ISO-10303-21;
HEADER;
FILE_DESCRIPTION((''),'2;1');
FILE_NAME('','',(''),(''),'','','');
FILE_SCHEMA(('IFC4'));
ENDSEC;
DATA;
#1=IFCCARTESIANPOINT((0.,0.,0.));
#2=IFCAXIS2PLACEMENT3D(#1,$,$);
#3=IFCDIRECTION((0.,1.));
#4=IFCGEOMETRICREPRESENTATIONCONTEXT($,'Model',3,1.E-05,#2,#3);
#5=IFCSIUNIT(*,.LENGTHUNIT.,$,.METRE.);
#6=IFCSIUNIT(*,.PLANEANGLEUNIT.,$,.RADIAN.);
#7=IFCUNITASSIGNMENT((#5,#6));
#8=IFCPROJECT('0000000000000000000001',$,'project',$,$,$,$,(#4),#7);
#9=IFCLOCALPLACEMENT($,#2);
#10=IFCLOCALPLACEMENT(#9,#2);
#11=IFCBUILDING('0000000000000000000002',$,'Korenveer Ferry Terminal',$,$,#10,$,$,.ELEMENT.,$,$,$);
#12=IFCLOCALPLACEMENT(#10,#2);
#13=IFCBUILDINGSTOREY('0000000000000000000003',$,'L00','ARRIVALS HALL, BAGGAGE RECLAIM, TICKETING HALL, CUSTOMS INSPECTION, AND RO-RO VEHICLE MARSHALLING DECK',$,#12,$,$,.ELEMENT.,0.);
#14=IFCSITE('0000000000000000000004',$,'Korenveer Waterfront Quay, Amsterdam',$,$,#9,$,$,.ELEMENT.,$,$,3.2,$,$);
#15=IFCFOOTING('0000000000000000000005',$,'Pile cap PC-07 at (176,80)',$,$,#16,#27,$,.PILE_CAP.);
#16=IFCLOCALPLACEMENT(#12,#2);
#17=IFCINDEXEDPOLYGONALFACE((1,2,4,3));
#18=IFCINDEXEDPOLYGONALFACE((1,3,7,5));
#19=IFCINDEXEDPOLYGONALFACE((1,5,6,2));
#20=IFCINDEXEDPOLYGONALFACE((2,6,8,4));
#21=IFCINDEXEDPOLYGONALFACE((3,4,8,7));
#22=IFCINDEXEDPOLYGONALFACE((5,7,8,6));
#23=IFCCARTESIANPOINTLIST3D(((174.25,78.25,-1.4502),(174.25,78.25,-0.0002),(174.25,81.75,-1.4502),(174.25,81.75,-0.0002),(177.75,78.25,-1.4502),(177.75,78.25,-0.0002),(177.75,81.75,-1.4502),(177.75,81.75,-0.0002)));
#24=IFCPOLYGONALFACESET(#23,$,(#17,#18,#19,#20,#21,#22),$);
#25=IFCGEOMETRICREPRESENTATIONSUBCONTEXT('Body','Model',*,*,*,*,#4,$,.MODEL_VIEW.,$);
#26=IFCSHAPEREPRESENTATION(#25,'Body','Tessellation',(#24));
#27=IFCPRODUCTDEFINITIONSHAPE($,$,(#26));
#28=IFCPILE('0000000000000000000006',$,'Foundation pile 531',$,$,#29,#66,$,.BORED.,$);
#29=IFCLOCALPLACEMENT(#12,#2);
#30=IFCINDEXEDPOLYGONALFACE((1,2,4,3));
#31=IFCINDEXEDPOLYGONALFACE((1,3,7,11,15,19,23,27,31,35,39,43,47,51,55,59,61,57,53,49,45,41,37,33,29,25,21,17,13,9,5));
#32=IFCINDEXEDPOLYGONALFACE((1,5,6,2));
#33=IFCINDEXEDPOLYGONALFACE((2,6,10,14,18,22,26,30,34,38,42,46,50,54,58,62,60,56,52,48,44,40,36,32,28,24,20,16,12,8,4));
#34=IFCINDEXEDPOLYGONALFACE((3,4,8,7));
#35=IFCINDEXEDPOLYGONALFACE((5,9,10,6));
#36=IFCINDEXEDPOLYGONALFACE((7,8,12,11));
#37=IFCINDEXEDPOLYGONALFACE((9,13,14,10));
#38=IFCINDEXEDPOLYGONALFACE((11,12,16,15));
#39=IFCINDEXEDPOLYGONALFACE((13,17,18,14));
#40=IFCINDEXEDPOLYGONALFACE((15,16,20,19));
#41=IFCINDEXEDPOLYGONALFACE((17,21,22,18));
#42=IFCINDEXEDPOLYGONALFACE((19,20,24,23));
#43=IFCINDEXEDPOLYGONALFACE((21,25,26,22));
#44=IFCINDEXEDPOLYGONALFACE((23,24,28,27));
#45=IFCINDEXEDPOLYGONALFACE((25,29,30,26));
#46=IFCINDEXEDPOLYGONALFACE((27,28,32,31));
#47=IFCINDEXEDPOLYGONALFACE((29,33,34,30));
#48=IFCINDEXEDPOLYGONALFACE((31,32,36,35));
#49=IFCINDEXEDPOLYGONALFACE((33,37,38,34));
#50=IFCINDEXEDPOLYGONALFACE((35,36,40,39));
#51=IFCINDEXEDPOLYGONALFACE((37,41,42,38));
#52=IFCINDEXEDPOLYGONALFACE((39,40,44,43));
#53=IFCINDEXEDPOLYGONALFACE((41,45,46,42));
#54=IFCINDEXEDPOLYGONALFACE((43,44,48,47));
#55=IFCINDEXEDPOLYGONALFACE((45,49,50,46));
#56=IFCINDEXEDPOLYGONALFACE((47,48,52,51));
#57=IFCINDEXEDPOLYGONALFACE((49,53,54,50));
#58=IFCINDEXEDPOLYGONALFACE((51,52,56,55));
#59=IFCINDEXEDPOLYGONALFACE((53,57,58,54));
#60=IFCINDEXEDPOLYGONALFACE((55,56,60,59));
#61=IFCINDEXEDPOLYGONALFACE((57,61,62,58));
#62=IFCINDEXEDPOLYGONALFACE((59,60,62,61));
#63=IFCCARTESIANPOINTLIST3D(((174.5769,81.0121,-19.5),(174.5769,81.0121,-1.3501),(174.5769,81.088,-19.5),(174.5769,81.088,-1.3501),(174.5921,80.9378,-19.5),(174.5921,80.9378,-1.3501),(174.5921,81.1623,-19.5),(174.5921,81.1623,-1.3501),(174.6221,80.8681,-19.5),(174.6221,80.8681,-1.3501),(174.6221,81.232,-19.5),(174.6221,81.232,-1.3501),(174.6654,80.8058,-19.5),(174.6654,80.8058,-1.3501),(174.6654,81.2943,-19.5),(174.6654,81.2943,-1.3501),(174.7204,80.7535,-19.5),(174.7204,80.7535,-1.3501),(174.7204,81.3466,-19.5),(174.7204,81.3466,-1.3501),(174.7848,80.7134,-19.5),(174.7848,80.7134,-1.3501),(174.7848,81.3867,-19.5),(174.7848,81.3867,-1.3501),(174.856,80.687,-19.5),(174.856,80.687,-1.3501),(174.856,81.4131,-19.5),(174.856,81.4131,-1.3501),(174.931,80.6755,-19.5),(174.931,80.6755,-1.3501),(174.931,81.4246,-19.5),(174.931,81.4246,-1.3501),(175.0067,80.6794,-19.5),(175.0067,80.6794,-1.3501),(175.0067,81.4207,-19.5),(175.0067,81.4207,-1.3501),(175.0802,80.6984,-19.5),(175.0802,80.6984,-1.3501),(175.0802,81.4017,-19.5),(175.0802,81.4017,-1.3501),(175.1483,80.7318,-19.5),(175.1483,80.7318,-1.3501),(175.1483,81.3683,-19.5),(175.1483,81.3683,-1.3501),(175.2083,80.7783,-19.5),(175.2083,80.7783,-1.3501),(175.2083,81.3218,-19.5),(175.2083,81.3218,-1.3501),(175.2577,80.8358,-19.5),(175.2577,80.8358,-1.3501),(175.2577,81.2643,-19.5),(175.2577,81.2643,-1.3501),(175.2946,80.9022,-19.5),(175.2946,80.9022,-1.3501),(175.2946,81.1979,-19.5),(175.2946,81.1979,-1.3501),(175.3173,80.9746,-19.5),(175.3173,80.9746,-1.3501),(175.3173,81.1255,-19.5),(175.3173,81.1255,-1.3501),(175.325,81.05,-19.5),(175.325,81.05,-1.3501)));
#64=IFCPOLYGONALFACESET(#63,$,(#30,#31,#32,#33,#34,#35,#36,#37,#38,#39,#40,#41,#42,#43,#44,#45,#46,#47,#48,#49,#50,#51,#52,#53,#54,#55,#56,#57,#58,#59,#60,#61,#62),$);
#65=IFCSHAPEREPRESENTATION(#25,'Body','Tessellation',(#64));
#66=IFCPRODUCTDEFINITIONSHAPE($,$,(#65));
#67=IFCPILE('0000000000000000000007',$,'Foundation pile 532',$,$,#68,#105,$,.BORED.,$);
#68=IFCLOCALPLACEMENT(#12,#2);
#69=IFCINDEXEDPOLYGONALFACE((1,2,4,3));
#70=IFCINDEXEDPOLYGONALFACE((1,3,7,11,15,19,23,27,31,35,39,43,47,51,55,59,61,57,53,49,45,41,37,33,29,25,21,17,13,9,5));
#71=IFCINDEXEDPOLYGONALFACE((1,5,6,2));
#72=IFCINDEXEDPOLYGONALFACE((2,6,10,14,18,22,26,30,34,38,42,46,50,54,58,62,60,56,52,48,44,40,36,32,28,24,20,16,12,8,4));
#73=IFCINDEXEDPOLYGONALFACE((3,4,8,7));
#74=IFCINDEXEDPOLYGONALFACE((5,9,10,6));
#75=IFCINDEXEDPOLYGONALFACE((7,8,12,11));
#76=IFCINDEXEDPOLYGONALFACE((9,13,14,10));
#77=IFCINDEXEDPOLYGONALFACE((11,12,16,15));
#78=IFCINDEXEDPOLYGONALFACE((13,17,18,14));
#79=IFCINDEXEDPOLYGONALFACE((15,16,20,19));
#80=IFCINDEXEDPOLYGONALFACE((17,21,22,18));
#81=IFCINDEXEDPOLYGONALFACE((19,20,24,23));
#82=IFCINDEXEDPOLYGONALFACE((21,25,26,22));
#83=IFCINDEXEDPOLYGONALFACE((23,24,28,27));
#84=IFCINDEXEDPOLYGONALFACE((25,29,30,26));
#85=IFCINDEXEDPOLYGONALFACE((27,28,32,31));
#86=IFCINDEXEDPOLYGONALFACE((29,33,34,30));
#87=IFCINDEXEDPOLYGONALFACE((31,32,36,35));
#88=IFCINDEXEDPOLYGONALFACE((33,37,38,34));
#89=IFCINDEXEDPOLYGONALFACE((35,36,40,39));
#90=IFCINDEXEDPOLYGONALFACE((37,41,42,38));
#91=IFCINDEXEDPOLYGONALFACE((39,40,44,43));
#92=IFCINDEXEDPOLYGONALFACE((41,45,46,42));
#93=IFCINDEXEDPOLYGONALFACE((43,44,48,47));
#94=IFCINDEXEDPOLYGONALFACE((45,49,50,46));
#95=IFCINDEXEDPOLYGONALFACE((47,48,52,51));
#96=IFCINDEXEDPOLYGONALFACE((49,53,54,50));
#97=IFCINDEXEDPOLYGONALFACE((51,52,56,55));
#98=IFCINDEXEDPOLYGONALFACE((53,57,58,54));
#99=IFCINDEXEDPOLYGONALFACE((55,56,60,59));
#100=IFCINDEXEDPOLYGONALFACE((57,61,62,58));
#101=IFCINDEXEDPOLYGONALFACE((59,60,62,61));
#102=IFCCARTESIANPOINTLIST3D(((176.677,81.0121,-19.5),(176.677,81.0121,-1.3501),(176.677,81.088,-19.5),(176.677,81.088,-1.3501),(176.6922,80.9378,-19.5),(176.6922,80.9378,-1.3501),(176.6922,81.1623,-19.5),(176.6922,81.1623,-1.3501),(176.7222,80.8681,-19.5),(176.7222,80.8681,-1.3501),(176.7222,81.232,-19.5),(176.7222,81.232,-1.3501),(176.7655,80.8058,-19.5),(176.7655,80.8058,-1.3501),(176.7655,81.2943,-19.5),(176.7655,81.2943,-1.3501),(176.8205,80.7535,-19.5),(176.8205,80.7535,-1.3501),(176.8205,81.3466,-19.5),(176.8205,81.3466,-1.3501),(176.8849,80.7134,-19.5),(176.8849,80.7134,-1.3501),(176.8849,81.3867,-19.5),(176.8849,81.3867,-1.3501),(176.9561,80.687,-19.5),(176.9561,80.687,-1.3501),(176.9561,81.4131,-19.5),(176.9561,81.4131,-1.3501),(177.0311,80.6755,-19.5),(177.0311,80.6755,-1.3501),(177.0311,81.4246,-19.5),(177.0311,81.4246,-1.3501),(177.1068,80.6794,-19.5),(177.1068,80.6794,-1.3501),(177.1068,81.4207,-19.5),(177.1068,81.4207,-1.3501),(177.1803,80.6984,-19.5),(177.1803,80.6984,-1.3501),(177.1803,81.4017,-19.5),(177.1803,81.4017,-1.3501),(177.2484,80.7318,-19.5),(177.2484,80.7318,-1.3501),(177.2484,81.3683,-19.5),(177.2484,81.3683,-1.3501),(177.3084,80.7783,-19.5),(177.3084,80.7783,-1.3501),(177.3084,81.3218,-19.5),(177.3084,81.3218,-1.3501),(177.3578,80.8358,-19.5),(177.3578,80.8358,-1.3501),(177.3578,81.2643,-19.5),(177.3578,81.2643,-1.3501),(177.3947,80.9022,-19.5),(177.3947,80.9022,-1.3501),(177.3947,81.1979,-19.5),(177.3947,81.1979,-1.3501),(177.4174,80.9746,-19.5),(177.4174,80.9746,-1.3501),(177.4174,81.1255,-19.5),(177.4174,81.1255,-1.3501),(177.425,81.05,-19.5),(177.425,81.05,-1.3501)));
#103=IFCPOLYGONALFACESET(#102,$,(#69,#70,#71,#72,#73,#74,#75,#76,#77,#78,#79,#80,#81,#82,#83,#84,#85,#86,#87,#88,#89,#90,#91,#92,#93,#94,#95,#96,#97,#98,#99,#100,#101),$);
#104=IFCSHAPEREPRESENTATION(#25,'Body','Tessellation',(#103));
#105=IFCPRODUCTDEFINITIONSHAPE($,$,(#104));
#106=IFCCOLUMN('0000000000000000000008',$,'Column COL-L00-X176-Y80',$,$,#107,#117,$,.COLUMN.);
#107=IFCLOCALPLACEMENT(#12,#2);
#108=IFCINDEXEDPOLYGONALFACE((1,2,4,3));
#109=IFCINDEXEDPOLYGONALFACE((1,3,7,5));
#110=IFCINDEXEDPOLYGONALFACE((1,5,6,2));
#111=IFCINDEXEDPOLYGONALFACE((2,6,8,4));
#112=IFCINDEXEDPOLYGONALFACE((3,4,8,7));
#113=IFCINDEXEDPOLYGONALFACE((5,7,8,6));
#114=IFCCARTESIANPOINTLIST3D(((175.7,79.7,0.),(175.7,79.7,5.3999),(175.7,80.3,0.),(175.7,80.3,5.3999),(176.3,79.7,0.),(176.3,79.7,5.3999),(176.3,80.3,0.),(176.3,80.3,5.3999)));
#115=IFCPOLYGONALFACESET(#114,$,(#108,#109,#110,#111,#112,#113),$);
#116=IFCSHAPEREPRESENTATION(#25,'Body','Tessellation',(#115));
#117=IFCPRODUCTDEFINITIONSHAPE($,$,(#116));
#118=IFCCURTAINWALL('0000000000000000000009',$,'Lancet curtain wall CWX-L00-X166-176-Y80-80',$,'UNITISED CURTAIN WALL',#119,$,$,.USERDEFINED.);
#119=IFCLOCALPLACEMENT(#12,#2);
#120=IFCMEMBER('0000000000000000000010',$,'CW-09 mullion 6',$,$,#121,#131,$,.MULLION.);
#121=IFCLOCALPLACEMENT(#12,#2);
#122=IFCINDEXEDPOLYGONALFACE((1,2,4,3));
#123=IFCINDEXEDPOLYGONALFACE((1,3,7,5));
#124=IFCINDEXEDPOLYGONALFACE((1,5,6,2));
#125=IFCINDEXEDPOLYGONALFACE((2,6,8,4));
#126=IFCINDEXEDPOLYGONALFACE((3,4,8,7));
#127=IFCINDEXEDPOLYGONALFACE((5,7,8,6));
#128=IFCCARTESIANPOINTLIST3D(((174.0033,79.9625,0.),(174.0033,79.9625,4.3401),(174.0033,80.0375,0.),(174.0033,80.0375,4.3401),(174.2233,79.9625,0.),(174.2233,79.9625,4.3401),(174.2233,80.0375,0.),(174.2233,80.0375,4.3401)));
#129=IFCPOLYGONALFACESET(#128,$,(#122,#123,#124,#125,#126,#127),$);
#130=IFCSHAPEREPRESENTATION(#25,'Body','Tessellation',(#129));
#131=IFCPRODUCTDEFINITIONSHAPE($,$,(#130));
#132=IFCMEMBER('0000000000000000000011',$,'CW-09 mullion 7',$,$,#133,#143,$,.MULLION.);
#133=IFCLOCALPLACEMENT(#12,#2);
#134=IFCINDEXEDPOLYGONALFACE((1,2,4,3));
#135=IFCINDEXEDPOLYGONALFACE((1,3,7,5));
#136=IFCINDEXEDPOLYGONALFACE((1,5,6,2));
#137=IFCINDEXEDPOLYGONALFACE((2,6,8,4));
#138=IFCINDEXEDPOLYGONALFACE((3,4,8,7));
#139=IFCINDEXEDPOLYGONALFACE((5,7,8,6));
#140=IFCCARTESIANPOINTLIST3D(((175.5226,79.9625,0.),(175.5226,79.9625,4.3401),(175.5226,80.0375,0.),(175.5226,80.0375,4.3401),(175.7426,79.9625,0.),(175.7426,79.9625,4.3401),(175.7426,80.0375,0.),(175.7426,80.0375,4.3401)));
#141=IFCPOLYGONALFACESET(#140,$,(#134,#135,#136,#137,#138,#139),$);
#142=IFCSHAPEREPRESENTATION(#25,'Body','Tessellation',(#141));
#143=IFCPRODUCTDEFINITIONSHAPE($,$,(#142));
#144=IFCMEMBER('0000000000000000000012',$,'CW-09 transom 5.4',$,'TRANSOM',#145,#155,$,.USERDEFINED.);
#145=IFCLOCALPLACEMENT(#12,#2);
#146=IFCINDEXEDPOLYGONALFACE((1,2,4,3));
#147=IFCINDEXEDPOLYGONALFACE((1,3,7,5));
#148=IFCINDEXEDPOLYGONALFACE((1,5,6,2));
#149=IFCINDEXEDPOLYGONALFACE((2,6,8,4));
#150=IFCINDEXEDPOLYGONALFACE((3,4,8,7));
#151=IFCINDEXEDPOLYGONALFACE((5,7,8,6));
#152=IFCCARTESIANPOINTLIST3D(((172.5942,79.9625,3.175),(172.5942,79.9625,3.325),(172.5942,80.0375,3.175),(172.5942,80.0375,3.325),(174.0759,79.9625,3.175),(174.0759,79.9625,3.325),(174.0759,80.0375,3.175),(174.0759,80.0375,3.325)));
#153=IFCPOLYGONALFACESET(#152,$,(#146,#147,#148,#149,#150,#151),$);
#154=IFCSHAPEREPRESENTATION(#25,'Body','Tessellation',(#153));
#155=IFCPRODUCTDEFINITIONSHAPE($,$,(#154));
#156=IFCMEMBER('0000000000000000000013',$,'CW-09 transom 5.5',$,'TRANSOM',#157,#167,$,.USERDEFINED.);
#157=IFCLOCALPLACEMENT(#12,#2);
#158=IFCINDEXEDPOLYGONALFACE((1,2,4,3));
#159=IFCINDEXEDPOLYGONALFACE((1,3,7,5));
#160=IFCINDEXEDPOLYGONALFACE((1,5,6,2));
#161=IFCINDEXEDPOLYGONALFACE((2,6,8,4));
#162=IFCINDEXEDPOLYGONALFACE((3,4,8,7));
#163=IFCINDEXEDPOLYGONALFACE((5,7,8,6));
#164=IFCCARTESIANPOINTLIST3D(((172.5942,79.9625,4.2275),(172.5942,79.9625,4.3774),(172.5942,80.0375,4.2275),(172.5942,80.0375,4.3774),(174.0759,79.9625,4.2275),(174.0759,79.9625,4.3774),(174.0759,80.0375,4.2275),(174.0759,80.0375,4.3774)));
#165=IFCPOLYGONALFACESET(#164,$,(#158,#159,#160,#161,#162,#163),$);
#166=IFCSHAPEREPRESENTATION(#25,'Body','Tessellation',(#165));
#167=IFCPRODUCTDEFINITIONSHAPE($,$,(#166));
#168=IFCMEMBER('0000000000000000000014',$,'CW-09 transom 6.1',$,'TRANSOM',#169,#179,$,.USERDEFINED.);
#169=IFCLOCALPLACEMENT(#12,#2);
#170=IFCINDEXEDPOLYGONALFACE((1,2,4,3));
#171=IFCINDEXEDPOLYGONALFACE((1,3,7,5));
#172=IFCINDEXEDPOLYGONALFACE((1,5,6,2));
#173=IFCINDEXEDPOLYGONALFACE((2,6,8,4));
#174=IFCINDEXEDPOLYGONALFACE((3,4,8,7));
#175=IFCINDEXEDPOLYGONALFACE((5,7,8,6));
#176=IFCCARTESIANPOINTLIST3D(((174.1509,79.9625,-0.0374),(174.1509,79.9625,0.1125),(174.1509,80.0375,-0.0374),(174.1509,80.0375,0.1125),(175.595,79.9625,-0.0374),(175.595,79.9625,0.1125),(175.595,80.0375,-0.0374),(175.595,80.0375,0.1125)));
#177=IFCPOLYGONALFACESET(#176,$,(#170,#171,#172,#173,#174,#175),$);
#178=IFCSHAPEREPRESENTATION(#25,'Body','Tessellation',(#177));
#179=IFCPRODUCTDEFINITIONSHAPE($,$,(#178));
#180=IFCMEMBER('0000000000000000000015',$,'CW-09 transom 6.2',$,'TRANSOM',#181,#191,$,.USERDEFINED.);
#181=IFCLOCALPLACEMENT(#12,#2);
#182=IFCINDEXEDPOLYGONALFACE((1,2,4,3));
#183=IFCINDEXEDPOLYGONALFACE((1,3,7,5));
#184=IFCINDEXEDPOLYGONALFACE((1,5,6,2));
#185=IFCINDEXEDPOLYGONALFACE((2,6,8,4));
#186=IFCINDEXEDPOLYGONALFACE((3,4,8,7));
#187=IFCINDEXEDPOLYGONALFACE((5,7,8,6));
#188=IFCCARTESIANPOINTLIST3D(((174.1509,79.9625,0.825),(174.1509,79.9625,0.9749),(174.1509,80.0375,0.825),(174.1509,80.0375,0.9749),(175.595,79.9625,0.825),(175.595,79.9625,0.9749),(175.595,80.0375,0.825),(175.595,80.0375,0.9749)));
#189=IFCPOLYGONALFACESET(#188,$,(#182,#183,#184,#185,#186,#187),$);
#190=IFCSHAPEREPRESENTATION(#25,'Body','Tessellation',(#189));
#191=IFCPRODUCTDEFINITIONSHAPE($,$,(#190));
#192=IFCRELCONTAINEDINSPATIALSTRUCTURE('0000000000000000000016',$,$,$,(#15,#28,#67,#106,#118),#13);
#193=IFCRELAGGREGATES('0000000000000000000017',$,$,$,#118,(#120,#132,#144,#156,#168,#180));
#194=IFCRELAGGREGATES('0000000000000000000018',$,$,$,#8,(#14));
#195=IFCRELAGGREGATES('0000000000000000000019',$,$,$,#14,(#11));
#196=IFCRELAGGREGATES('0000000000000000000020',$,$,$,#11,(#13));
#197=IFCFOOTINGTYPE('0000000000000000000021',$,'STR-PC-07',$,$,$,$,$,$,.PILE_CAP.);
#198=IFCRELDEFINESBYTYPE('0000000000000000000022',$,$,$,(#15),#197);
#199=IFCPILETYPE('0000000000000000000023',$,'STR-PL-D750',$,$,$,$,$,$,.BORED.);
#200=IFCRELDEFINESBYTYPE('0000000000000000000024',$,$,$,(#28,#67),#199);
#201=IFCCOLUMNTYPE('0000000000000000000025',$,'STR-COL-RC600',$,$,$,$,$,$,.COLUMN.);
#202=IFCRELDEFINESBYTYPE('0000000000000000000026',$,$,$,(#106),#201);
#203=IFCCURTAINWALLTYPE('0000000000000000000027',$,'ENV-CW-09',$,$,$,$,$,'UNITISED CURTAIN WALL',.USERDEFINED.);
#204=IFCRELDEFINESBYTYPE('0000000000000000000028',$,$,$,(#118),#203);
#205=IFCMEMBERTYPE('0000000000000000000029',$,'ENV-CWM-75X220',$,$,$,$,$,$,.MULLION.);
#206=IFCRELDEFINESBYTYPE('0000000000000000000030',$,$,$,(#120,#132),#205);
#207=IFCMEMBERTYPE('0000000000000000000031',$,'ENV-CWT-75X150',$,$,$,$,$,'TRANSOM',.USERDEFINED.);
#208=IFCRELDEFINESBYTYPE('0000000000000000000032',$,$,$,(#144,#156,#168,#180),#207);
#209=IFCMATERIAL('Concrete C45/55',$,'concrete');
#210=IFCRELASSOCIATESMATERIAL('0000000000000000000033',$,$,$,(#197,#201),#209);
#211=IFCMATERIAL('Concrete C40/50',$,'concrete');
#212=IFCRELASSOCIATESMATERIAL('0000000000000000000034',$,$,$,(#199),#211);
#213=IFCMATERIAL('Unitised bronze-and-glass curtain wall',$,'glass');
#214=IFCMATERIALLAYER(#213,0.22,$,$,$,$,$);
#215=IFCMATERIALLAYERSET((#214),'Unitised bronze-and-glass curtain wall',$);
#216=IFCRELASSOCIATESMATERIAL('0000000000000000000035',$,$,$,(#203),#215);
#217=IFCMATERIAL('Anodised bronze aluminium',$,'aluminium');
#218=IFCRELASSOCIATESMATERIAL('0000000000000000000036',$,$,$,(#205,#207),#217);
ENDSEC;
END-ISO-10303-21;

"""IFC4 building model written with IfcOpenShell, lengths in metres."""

from ifc_helpers import new_model, si_unit, direction, frame, origin, origin_2d, place, context, subcontext, project, spatial, rectangle, circle, extrude, material, layer, layer_set, material_profile, profile_set, type_object, element, aggregate, save


model = new_model("IFC4")

# Units and contexts
model_context = context("Model", 3, precision=1e-05, world=origin(), true_north=direction((0.0, 1.0)))
body_context = subcontext(model_context, "Body", "Model", "MODEL_VIEW")
ifc_project = project(units=[si_unit("LENGTHUNIT", "METRE"), si_unit("PLANEANGLEUNIT", "RADIAN")], contexts=[model_context])

# Site, building, storey
site_placement = place(None, origin())
site = spatial("IfcSite", under=ifc_project, at=site_placement, Name="Korenveer Waterfront Quay, Amsterdam", CompositionType="ELEMENT", RefElevation=3.2)
building_placement = place(site_placement, origin())
building = spatial("IfcBuilding", under=site, at=building_placement, Name="Korenveer Ferry Terminal", CompositionType="ELEMENT")
storey_placement = place(building_placement, origin())
storey = spatial("IfcBuildingStorey", under=building, at=storey_placement, Name="L00", Description="ARRIVALS HALL, BAGGAGE RECLAIM, TICKETING HALL, CUSTOMS INSPECTION, AND RO-RO VEHICLE MARSHALLING DECK", CompositionType="ELEMENT", Elevation=0.0)

# Footing
ifc_material_1 = material(Name="Concrete C45/55", Category="concrete")
footing_type = type_object("IfcFootingType", Name="STR-PC-07", PredefinedType="PILE_CAP", material=ifc_material_1)
footing_placement = place(storey_placement, frame((176.0, 80.0, -1.4502), z_axis=(0.0, 0.0, 1.0), x_axis=(1.0, 0.0, 0.0)))
element("IfcFooting", 1, at=footing_placement, inside=storey, type_object=footing_type, Name="Pile cap PC-07 at (176,80)", PredefinedType="PILE_CAP", context=body_context, shape_type="SweptSolid", body=[
    extrude(rectangle(XDim=3.5, YDim=3.5, at=origin_2d()), origin(), (0.0, 0.0, 1.0), 1.45),
])

# Piles
ifc_material_2 = material(Name="Concrete C40/50", Category="concrete")
ifc_material_profile_1 = material_profile(ifc_material_2, circle(Radius=0.375, at=origin_2d()), Name="PILE D750")
ifc_profile_set_1 = profile_set([ifc_material_profile_1], Name="Concrete C40/50")
pile_type = type_object("IfcPileType", Name="STR-PL-D750", PredefinedType="BORED", material=ifc_profile_set_1)
for number, where, z_axis, x_axis, name in (
    (2, (174.95, 81.05, -1.3501), (0.0, 0.0, -1.0), (1.0, 0.0, 0.0), "Foundation pile 531"),
    (3, (177.05, 81.05, -1.3501), (0.0, 0.0, -1.0), (1.0, 0.0, 0.0), "Foundation pile 532"),
):
    element("IfcPile", number, at=place(storey_placement, frame(where, z_axis=z_axis, x_axis=x_axis)), inside=storey, type_object=pile_type, Name=name, PredefinedType="BORED", context=body_context, shape_type="SweptSolid", body=[
        extrude(circle(Radius=0.375, at=origin_2d()), origin(), (0.0, 0.0, 1.0), 18.1499),
    ])

# Column
ifc_material_profile_2 = material_profile(ifc_material_1, rectangle(XDim=0.6001, YDim=0.6001, at=origin_2d()), Name="RC 600x600")
ifc_profile_set_2 = profile_set([ifc_material_profile_2], Name="Concrete C45/55")
column_type = type_object("IfcColumnType", Name="STR-COL-RC600", PredefinedType="COLUMN", material=ifc_profile_set_2)
column_placement = place(storey_placement, frame((176.0, 80.0, 0.0), z_axis=(0.0, 0.0, 1.0), x_axis=(1.0, 0.0, 0.0)))
element("IfcColumn", 4, at=column_placement, inside=storey, type_object=column_type, Name="Column COL-L00-X176-Y80", PredefinedType="COLUMN", context=body_context, shape_type="SweptSolid", body=[
    extrude(rectangle(XDim=0.6001, YDim=0.6001, at=origin_2d()), origin(), (0.0, 0.0, 1.0), 5.3999),
])

# Curtain wall, members
ifc_material_3 = material(Name="Unitised bronze-and-glass curtain wall", Category="glass")
ifc_layer_1 = layer(ifc_material_3, 0.22)
ifc_layer_set_1 = layer_set([ifc_layer_1], Name="Unitised bronze-and-glass curtain wall")
curtain_wall_type = type_object("IfcCurtainWallType", Name="ENV-CW-09", ElementType="UNITISED CURTAIN WALL", PredefinedType="USERDEFINED", material=ifc_layer_set_1)
curtain_wall_placement = place(storey_placement, frame((166.3301, 80.0, 0.0)))
curtain_wall = element("IfcCurtainWall", 5, at=curtain_wall_placement, inside=storey, type_object=curtain_wall_type, Name="Lancet curtain wall CWX-L00-X166-176-Y80-80", ObjectType="UNITISED CURTAIN WALL", PredefinedType="USERDEFINED")
ifc_material_4 = material(Name="Anodised bronze aluminium", Category="aluminium")
ifc_material_profile_3 = material_profile(ifc_material_4, rectangle(XDim=0.075, YDim=0.22, at=origin_2d()), Name="ALU 75x220")
ifc_profile_set_3 = profile_set([ifc_material_profile_3], Name="Anodised bronze aluminium")
member_type_1 = type_object("IfcMemberType", Name="ENV-CWM-75X220", PredefinedType="MULLION", material=ifc_profile_set_3)
member_1_placement = place(storey_placement, frame((174.1133, 80.0, 0.0), z_axis=(0.0, 0.0, 1.0), x_axis=(0.0, 1.0, 0.0)))
member_1 = element("IfcMember", 6, at=member_1_placement, type_object=member_type_1, Name="CW-09 mullion 6", PredefinedType="MULLION", context=body_context, shape_type="SweptSolid", body=[
    extrude(rectangle(XDim=0.075, YDim=0.22, at=origin_2d()), origin(), (0.0, 0.0, 1.0), 4.3401),
])
member_2_placement = place(storey_placement, frame((175.6326, 80.0, 0.0), z_axis=(0.0, 0.0, 1.0), x_axis=(0.0, 1.0, 0.0)))
member_2 = element("IfcMember", 7, at=member_2_placement, type_object=member_type_1, Name="CW-09 mullion 7", PredefinedType="MULLION", context=body_context, shape_type="SweptSolid", body=[
    extrude(rectangle(XDim=0.075, YDim=0.22, at=origin_2d()), origin(), (0.0, 0.0, 1.0), 4.3401),
])
ifc_material_profile_4 = material_profile(ifc_material_4, rectangle(XDim=0.075, YDim=0.1499, at=origin_2d()), Name="ALU 75x150")
ifc_profile_set_4 = profile_set([ifc_material_profile_4], Name="Anodised bronze aluminium")
member_type_2 = type_object("IfcMemberType", Name="ENV-CWT-75X150", ElementType="TRANSOM", PredefinedType="USERDEFINED", material=ifc_profile_set_4)
member_3_placement = place(storey_placement, frame((172.5942, 80.0, 3.25), z_axis=(1.0, 0.0, 0.0), x_axis=(0.0, 1.0, 0.0)))
member_3 = element("IfcMember", 8, at=member_3_placement, type_object=member_type_2, Name="CW-09 transom 5.4", ObjectType="TRANSOM", PredefinedType="USERDEFINED", context=body_context, shape_type="SweptSolid", body=[
    extrude(rectangle(XDim=0.075, YDim=0.1499, at=origin_2d()), origin(), (0.0, 0.0, 1.0), 1.4817),
])
member_4_placement = place(storey_placement, frame((172.5942, 80.0, 4.3025), z_axis=(1.0, 0.0, 0.0), x_axis=(0.0, 1.0, 0.0)))
member_4 = element("IfcMember", 9, at=member_4_placement, type_object=member_type_2, Name="CW-09 transom 5.5", ObjectType="TRANSOM", PredefinedType="USERDEFINED", context=body_context, shape_type="SweptSolid", body=[
    extrude(rectangle(XDim=0.075, YDim=0.1499, at=origin_2d()), origin(), (0.0, 0.0, 1.0), 1.4817),
])
member_5_placement = place(storey_placement, frame((174.1509, 80.0, 0.0376), z_axis=(1.0, 0.0, 0.0), x_axis=(0.0, 1.0, 0.0)))
member_5 = element("IfcMember", 10, at=member_5_placement, type_object=member_type_2, Name="CW-09 transom 6.1", ObjectType="TRANSOM", PredefinedType="USERDEFINED", context=body_context, shape_type="SweptSolid", body=[
    extrude(rectangle(XDim=0.075, YDim=0.1499, at=origin_2d()), origin(), (0.0, 0.0, 1.0), 1.4441),
])
member_6_placement = place(storey_placement, frame((174.1509, 80.0, 0.8999), z_axis=(1.0, 0.0, 0.0), x_axis=(0.0, 1.0, 0.0)))
member_6 = element("IfcMember", 11, at=member_6_placement, type_object=member_type_2, Name="CW-09 transom 6.2", ObjectType="TRANSOM", PredefinedType="USERDEFINED", context=body_context, shape_type="SweptSolid", body=[
    extrude(rectangle(XDim=0.075, YDim=0.1499, at=origin_2d()), origin(), (0.0, 0.0, 1.0), 1.4441),
])
aggregate(curtain_wall, [member_1, member_2, member_3, member_4, member_5, member_6])

save(model, "model.ifc")
